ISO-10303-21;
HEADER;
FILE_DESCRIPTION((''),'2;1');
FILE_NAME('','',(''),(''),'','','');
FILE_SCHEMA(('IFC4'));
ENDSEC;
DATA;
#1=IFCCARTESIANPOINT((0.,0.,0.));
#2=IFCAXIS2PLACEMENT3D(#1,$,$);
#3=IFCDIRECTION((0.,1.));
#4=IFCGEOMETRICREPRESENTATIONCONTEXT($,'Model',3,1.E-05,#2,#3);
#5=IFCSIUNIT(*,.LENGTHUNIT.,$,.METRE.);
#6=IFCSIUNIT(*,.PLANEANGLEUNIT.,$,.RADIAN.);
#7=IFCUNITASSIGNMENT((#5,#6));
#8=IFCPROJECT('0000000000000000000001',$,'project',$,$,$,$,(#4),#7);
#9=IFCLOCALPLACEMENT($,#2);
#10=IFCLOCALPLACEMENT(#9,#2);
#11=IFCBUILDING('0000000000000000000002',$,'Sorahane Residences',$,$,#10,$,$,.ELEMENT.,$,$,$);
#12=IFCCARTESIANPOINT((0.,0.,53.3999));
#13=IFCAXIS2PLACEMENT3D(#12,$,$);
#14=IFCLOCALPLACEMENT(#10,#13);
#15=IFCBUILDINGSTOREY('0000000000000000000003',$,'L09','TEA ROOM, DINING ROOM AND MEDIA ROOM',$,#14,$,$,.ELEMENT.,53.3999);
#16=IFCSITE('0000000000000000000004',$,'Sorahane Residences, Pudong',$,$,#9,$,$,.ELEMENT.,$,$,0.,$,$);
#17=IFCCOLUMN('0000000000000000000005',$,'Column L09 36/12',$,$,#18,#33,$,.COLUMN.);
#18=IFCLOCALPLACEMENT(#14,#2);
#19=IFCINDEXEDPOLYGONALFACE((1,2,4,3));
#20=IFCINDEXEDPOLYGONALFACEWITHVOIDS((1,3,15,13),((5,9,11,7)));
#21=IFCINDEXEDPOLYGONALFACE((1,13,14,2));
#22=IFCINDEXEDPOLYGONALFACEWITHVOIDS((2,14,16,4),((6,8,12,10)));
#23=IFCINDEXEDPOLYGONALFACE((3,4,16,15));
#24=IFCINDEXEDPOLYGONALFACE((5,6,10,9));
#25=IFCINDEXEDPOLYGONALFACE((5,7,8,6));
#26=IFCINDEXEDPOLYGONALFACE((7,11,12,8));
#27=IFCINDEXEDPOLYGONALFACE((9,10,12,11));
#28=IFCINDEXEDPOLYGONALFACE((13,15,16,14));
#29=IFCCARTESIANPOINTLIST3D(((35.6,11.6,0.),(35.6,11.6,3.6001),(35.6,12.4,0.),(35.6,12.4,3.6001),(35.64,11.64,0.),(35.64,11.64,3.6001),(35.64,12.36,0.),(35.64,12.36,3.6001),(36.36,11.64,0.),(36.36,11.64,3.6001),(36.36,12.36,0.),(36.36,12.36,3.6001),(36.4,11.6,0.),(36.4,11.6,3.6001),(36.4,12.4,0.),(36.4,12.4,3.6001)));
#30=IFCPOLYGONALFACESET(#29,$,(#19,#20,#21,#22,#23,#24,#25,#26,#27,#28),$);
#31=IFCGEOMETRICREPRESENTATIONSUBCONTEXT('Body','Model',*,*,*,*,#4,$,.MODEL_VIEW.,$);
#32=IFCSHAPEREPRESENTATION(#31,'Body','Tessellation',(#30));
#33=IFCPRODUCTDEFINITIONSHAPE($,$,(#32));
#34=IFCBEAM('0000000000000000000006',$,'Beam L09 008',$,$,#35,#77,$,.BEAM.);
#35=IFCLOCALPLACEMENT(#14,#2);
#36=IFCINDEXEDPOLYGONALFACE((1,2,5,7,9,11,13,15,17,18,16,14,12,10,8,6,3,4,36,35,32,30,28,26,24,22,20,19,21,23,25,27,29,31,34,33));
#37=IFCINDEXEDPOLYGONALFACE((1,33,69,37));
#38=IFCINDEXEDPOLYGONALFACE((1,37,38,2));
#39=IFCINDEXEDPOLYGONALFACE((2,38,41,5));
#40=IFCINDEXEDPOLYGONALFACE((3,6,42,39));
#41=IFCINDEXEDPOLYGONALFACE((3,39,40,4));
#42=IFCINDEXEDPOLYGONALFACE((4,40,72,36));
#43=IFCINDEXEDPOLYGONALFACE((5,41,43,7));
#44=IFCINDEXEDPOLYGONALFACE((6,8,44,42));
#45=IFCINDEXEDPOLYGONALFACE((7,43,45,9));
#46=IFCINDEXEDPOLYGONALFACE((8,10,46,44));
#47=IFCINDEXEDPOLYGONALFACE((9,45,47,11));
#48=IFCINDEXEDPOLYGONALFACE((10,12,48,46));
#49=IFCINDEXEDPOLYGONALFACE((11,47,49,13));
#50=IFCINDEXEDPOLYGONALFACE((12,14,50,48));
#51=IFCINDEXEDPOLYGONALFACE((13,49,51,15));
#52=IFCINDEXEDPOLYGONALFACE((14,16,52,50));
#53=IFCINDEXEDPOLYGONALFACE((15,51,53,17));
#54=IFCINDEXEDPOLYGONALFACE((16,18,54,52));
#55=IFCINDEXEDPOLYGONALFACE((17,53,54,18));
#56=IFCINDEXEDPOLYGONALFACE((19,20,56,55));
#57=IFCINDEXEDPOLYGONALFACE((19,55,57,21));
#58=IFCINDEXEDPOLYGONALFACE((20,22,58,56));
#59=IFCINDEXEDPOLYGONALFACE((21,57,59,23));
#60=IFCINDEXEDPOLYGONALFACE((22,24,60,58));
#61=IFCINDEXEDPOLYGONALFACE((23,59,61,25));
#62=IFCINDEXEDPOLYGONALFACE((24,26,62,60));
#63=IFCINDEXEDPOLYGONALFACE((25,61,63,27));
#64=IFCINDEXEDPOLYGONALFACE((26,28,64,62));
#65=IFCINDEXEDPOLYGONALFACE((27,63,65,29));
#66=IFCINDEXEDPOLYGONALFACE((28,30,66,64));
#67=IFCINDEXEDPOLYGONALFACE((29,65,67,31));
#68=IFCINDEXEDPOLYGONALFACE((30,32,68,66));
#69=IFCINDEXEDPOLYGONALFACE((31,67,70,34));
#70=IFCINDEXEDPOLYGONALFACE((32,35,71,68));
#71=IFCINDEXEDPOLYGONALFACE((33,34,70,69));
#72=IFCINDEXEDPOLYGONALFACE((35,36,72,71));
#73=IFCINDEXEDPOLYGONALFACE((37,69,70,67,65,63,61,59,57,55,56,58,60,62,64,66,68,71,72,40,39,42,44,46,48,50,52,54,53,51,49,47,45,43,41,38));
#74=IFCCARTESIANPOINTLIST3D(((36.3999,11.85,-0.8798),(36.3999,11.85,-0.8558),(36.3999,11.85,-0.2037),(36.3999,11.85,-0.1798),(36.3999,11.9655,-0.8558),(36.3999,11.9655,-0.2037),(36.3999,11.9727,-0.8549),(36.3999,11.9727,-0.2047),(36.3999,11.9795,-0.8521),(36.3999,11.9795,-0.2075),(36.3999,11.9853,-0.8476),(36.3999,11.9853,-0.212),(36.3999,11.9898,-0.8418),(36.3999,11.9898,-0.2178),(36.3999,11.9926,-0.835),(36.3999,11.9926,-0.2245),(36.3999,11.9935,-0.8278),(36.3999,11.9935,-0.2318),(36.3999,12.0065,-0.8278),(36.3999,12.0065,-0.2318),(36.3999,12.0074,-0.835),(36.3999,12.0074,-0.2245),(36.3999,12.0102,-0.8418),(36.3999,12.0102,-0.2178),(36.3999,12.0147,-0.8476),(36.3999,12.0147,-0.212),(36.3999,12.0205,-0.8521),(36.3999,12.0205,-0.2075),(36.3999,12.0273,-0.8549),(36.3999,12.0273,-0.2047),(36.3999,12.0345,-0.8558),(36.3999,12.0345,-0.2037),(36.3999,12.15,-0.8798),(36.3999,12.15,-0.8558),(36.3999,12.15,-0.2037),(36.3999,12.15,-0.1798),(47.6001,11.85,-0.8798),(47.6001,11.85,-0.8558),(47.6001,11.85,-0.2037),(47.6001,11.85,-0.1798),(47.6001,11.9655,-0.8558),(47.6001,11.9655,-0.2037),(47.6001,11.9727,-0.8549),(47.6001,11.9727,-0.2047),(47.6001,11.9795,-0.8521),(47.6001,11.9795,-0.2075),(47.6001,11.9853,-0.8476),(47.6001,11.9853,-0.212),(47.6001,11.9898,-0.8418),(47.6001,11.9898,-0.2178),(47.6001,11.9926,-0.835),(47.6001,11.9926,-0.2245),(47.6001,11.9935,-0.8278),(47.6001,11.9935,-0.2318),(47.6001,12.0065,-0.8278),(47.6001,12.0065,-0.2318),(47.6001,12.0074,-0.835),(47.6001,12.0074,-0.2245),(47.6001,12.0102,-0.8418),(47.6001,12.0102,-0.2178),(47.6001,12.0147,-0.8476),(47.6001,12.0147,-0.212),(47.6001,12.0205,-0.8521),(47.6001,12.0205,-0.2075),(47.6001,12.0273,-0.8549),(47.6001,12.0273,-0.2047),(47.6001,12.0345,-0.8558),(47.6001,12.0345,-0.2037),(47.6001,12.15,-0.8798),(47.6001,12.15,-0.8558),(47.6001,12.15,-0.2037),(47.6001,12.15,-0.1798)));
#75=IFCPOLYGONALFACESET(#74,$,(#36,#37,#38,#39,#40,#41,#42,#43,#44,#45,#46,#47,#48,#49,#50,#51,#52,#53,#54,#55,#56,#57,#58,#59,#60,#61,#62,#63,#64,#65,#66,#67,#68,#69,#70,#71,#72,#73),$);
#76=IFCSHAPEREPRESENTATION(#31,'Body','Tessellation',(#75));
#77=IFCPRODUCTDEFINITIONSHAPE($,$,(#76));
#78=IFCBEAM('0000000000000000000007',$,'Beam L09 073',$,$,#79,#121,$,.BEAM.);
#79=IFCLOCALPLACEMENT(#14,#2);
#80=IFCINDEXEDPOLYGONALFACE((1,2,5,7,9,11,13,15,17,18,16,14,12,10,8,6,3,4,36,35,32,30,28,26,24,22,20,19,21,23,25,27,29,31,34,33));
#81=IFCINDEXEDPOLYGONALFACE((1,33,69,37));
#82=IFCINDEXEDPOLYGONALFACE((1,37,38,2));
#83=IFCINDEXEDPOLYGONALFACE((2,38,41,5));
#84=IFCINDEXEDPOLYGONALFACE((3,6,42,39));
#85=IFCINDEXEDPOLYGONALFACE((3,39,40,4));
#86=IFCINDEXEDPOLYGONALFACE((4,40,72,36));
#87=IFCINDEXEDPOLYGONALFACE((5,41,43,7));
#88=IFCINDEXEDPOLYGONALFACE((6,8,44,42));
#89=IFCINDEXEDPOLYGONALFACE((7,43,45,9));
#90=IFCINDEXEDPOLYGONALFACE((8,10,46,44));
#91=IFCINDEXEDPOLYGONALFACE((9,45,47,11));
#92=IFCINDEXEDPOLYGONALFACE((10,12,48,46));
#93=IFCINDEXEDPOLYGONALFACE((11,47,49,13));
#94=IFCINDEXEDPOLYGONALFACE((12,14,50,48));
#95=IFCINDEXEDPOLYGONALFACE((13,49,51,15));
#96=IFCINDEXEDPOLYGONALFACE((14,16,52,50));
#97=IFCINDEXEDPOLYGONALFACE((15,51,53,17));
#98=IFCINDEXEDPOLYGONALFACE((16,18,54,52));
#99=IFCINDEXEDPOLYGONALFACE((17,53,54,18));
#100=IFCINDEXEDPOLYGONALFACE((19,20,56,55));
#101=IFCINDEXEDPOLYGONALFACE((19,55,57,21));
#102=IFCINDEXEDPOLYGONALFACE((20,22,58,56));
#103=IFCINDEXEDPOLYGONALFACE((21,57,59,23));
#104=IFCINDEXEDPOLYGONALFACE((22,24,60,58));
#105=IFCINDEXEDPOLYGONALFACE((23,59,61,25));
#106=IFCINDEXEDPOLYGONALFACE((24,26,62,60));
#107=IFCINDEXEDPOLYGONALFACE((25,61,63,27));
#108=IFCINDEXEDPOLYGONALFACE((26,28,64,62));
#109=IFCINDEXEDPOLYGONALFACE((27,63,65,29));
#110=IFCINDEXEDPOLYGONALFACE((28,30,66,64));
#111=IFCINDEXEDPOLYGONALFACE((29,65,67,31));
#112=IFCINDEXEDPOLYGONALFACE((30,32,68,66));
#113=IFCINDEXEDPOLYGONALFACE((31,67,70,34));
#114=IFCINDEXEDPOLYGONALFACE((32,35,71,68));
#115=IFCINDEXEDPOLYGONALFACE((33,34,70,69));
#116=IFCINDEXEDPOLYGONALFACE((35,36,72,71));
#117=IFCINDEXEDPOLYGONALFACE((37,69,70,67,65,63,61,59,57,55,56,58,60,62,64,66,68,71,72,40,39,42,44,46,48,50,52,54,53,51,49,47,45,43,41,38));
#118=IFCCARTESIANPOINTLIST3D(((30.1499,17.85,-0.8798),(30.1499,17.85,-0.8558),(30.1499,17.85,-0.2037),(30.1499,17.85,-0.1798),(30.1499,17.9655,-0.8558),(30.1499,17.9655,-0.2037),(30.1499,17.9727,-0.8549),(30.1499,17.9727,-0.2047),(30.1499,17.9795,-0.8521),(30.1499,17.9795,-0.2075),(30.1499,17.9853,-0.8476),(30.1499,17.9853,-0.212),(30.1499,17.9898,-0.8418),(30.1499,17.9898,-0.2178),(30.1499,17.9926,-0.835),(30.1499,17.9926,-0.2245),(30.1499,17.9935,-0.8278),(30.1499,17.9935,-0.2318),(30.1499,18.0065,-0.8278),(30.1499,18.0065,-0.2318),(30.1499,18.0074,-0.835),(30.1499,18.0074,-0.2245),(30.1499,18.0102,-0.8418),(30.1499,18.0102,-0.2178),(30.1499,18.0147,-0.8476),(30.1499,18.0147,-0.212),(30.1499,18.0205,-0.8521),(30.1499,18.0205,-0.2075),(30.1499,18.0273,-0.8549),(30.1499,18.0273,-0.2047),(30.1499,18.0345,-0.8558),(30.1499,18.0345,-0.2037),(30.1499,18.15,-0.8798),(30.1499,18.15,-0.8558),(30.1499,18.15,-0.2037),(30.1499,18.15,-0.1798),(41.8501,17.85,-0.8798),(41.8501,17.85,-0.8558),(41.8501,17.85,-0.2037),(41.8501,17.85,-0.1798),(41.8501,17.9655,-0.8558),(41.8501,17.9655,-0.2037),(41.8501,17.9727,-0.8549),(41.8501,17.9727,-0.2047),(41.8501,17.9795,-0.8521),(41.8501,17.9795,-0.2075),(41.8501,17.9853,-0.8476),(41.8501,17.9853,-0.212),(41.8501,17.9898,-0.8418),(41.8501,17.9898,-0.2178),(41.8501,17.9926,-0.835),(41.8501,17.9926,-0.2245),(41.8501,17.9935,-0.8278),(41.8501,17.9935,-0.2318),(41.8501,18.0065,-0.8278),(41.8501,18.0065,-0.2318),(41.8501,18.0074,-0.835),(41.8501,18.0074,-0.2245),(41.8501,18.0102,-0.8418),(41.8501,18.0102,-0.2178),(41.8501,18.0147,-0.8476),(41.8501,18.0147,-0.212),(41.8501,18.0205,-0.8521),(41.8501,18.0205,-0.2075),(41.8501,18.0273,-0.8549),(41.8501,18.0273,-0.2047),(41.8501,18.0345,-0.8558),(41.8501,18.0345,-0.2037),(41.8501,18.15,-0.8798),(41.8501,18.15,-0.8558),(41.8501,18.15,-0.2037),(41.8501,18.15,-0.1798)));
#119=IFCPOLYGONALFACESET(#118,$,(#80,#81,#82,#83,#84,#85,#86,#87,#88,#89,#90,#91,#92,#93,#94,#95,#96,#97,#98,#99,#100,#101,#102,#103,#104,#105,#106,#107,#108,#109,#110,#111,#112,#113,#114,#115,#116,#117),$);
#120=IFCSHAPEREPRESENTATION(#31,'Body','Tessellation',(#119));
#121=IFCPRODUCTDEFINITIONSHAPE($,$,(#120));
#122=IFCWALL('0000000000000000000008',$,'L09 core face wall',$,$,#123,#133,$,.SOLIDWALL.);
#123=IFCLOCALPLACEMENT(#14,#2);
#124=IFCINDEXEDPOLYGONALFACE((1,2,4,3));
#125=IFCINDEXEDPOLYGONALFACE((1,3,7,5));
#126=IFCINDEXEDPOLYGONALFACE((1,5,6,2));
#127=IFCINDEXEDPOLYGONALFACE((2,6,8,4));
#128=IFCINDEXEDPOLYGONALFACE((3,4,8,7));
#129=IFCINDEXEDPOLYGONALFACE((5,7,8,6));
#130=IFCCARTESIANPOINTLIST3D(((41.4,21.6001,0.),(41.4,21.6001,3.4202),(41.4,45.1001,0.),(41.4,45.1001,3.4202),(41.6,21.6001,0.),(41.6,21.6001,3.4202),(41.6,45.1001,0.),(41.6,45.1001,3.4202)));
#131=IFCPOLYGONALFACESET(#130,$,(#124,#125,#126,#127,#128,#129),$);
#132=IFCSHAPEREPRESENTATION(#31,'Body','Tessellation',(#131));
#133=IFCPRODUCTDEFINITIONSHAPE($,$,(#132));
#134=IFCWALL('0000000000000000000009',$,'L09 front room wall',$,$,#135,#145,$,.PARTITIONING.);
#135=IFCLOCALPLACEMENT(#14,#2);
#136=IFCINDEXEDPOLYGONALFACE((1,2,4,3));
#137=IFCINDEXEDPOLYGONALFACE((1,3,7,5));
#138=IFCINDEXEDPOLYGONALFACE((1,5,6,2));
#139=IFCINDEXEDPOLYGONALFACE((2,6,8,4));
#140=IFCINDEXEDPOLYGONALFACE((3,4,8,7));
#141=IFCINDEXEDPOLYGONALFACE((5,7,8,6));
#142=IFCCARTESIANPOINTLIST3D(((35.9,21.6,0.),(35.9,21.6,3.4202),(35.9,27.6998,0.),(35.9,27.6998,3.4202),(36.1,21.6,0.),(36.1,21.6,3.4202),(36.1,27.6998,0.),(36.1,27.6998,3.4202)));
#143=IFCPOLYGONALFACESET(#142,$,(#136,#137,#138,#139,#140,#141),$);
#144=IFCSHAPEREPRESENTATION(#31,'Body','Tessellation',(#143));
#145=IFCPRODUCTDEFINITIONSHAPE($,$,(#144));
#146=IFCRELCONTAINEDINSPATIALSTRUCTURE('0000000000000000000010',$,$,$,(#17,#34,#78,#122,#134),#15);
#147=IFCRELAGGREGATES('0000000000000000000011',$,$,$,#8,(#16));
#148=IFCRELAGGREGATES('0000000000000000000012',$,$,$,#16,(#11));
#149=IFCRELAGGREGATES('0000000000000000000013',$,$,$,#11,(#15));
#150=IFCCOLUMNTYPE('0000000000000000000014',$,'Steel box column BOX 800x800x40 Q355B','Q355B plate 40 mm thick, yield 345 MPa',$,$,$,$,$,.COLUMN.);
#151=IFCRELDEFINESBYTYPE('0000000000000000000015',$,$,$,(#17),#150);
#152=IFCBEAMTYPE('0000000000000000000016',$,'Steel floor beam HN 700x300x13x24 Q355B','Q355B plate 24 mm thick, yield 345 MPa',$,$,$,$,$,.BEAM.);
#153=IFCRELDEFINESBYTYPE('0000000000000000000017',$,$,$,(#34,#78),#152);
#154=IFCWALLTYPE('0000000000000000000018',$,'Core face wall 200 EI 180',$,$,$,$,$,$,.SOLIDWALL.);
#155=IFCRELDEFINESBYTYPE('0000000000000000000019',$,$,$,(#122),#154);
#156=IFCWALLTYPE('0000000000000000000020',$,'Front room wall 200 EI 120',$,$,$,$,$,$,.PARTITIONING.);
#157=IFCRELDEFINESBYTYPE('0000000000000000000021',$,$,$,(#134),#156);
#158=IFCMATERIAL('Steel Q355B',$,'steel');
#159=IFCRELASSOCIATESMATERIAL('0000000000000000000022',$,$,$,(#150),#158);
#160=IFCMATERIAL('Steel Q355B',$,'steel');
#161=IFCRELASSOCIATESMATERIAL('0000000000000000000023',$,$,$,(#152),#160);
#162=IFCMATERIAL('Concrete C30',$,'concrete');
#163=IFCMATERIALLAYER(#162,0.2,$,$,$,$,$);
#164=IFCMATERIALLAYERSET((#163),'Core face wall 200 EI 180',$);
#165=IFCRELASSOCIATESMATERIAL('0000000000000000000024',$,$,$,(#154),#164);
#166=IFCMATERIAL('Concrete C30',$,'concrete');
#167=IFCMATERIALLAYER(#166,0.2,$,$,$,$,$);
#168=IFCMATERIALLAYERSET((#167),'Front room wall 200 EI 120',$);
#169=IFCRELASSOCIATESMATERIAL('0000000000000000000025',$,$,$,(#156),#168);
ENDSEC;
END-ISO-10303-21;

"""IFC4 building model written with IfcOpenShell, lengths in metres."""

from ifc_helpers import new_model, si_unit, direction, frame, frame_2d, origin, origin_2d, place, context, subcontext, project, spatial, rectangle, hollow_rectangle, i_section, extrude, material, layer, layer_set, material_profile, profile_set, type_object, element, save


model = new_model("IFC4")

# Units and contexts
model_context = context("Model", 3, precision=1e-05, world=origin(), true_north=direction((0.0, 1.0)))
body_context = subcontext(model_context, "Body", "Model", "MODEL_VIEW")
ifc_project = project(units=[si_unit("LENGTHUNIT", "METRE"), si_unit("PLANEANGLEUNIT", "RADIAN")], contexts=[model_context])

# Site, building, storey
site_placement = place(None, origin())
site = spatial("IfcSite", under=ifc_project, at=site_placement, Name="Sorahane Residences, Pudong", CompositionType="ELEMENT", RefElevation=0.0)
building_placement = place(site_placement, origin())
building = spatial("IfcBuilding", under=site, at=building_placement, Name="Sorahane Residences", CompositionType="ELEMENT")
storey_placement = place(building_placement, frame((0.0, 0.0, 53.3999)))
storey = spatial("IfcBuildingStorey", under=building, at=storey_placement, Name="L09", Description="TEA ROOM, DINING ROOM AND MEDIA ROOM", CompositionType="ELEMENT", Elevation=53.3999)

# Column
ifc_material_1 = material(Name="Steel Q355B", Category="steel")
ifc_material_profile_1 = material_profile(ifc_material_1, hollow_rectangle(XDim=0.8, YDim=0.8, WallThickness=0.04, at=origin_2d()), Name="BOX 800x800x40")
ifc_profile_set_1 = profile_set([ifc_material_profile_1], Name="Steel Q355B")
column_type = type_object("IfcColumnType", Name="Steel box column BOX 800x800x40 Q355B", Description="Q355B plate 40 mm thick, yield 345 MPa", PredefinedType="COLUMN", material=ifc_profile_set_1)
column_placement = place(storey_placement, frame((36.0, 12.0, 0.0), z_axis=(0.0, 0.0, 1.0), x_axis=(1.0, 0.0, 0.0)))
element("IfcColumn", 1, at=column_placement, inside=storey, type_object=column_type, Name="Column L09 36/12", PredefinedType="COLUMN", context=body_context, shape_type="SweptSolid", body=[
    extrude(hollow_rectangle(XDim=0.8, YDim=0.8, WallThickness=0.04, at=origin_2d()), origin(), (0.0, 0.0, 1.0), 3.6001),
])

# Beams
ifc_material_2 = material(Name="Steel Q355B", Category="steel")
ifc_material_profile_2 = material_profile(ifc_material_2, i_section(OverallWidth=0.3, OverallDepth=0.7, WebThickness=0.0129, FlangeThickness=0.0239, FilletRadius=0.0281, at=origin_2d()), Name="HN 700x300x13x24")
ifc_profile_set_2 = profile_set([ifc_material_profile_2], Name="Steel Q355B")
beam_type = type_object("IfcBeamType", Name="Steel floor beam HN 700x300x13x24 Q355B", Description="Q355B plate 24 mm thick, yield 345 MPa", PredefinedType="BEAM", material=ifc_profile_set_2)
beam_1_placement = place(storey_placement, frame((36.3999, 12.0, -0.5298), z_axis=(1.0, 0.0, 0.0), x_axis=(0.0, 1.0, 0.0)))
element("IfcBeam", 2, at=beam_1_placement, inside=storey, type_object=beam_type, Name="Beam L09 008", PredefinedType="BEAM", context=body_context, shape_type="SweptSolid", body=[
    extrude(i_section(OverallWidth=0.3, OverallDepth=0.7, WebThickness=0.0129, FlangeThickness=0.0239, FilletRadius=0.0281, at=origin_2d()), origin(), (0.0, 0.0, 1.0), 11.2002),
])
beam_2_placement = place(storey_placement, frame((30.1499, 18.0, -0.5298), z_axis=(1.0, 0.0, 0.0), x_axis=(0.0, 1.0, 0.0)))
element("IfcBeam", 3, at=beam_2_placement, inside=storey, type_object=beam_type, Name="Beam L09 073", PredefinedType="BEAM", context=body_context, shape_type="SweptSolid", body=[
    extrude(i_section(OverallWidth=0.3, OverallDepth=0.7, WebThickness=0.0129, FlangeThickness=0.0239, FilletRadius=0.0281, at=origin_2d()), origin(), (0.0, 0.0, 1.0), 11.7002),
])

# Walls
ifc_material_3 = material(Name="Concrete C30", Category="concrete")
ifc_layer_1 = layer(ifc_material_3, 0.2)
ifc_layer_set_1 = layer_set([ifc_layer_1], Name="Core face wall 200 EI 180")
wall_type_1 = type_object("IfcWallType", Name="Core face wall 200 EI 180", PredefinedType="SOLIDWALL", material=ifc_layer_set_1)
wall_1_placement = place(storey_placement, frame((41.5, 21.6001, 0.0), z_axis=(0.0, 0.0, 1.0), x_axis=(0.0, 1.0, 0.0)))
element("IfcWall", 4, at=wall_1_placement, inside=storey, type_object=wall_type_1, Name="L09 core face wall", PredefinedType="SOLIDWALL", context=body_context, shape_type="SweptSolid", body=[
    extrude(rectangle(XDim=23.5, YDim=0.2, at=frame_2d((11.75, 0.0))), origin(), (0.0, 0.0, 1.0), 3.4202),
])
ifc_material_4 = material(Name="Concrete C30", Category="concrete")
ifc_layer_2 = layer(ifc_material_4, 0.2)
ifc_layer_set_2 = layer_set([ifc_layer_2], Name="Front room wall 200 EI 120")
wall_type_2 = type_object("IfcWallType", Name="Front room wall 200 EI 120", PredefinedType="PARTITIONING", material=ifc_layer_set_2)
wall_2_placement = place(storey_placement, frame((36.0, 21.6001, 0.0), z_axis=(0.0, 0.0, 1.0), x_axis=(0.0, 1.0, 0.0)))
element("IfcWall", 5, at=wall_2_placement, inside=storey, type_object=wall_type_2, Name="L09 front room wall", PredefinedType="PARTITIONING", context=body_context, shape_type="SweptSolid", body=[
    extrude(rectangle(XDim=6.0999, YDim=0.2, at=frame_2d((3.0498, 0.0))), origin(), (0.0, 0.0, 1.0), 3.4202),
])

save(model, "model.ifc")
